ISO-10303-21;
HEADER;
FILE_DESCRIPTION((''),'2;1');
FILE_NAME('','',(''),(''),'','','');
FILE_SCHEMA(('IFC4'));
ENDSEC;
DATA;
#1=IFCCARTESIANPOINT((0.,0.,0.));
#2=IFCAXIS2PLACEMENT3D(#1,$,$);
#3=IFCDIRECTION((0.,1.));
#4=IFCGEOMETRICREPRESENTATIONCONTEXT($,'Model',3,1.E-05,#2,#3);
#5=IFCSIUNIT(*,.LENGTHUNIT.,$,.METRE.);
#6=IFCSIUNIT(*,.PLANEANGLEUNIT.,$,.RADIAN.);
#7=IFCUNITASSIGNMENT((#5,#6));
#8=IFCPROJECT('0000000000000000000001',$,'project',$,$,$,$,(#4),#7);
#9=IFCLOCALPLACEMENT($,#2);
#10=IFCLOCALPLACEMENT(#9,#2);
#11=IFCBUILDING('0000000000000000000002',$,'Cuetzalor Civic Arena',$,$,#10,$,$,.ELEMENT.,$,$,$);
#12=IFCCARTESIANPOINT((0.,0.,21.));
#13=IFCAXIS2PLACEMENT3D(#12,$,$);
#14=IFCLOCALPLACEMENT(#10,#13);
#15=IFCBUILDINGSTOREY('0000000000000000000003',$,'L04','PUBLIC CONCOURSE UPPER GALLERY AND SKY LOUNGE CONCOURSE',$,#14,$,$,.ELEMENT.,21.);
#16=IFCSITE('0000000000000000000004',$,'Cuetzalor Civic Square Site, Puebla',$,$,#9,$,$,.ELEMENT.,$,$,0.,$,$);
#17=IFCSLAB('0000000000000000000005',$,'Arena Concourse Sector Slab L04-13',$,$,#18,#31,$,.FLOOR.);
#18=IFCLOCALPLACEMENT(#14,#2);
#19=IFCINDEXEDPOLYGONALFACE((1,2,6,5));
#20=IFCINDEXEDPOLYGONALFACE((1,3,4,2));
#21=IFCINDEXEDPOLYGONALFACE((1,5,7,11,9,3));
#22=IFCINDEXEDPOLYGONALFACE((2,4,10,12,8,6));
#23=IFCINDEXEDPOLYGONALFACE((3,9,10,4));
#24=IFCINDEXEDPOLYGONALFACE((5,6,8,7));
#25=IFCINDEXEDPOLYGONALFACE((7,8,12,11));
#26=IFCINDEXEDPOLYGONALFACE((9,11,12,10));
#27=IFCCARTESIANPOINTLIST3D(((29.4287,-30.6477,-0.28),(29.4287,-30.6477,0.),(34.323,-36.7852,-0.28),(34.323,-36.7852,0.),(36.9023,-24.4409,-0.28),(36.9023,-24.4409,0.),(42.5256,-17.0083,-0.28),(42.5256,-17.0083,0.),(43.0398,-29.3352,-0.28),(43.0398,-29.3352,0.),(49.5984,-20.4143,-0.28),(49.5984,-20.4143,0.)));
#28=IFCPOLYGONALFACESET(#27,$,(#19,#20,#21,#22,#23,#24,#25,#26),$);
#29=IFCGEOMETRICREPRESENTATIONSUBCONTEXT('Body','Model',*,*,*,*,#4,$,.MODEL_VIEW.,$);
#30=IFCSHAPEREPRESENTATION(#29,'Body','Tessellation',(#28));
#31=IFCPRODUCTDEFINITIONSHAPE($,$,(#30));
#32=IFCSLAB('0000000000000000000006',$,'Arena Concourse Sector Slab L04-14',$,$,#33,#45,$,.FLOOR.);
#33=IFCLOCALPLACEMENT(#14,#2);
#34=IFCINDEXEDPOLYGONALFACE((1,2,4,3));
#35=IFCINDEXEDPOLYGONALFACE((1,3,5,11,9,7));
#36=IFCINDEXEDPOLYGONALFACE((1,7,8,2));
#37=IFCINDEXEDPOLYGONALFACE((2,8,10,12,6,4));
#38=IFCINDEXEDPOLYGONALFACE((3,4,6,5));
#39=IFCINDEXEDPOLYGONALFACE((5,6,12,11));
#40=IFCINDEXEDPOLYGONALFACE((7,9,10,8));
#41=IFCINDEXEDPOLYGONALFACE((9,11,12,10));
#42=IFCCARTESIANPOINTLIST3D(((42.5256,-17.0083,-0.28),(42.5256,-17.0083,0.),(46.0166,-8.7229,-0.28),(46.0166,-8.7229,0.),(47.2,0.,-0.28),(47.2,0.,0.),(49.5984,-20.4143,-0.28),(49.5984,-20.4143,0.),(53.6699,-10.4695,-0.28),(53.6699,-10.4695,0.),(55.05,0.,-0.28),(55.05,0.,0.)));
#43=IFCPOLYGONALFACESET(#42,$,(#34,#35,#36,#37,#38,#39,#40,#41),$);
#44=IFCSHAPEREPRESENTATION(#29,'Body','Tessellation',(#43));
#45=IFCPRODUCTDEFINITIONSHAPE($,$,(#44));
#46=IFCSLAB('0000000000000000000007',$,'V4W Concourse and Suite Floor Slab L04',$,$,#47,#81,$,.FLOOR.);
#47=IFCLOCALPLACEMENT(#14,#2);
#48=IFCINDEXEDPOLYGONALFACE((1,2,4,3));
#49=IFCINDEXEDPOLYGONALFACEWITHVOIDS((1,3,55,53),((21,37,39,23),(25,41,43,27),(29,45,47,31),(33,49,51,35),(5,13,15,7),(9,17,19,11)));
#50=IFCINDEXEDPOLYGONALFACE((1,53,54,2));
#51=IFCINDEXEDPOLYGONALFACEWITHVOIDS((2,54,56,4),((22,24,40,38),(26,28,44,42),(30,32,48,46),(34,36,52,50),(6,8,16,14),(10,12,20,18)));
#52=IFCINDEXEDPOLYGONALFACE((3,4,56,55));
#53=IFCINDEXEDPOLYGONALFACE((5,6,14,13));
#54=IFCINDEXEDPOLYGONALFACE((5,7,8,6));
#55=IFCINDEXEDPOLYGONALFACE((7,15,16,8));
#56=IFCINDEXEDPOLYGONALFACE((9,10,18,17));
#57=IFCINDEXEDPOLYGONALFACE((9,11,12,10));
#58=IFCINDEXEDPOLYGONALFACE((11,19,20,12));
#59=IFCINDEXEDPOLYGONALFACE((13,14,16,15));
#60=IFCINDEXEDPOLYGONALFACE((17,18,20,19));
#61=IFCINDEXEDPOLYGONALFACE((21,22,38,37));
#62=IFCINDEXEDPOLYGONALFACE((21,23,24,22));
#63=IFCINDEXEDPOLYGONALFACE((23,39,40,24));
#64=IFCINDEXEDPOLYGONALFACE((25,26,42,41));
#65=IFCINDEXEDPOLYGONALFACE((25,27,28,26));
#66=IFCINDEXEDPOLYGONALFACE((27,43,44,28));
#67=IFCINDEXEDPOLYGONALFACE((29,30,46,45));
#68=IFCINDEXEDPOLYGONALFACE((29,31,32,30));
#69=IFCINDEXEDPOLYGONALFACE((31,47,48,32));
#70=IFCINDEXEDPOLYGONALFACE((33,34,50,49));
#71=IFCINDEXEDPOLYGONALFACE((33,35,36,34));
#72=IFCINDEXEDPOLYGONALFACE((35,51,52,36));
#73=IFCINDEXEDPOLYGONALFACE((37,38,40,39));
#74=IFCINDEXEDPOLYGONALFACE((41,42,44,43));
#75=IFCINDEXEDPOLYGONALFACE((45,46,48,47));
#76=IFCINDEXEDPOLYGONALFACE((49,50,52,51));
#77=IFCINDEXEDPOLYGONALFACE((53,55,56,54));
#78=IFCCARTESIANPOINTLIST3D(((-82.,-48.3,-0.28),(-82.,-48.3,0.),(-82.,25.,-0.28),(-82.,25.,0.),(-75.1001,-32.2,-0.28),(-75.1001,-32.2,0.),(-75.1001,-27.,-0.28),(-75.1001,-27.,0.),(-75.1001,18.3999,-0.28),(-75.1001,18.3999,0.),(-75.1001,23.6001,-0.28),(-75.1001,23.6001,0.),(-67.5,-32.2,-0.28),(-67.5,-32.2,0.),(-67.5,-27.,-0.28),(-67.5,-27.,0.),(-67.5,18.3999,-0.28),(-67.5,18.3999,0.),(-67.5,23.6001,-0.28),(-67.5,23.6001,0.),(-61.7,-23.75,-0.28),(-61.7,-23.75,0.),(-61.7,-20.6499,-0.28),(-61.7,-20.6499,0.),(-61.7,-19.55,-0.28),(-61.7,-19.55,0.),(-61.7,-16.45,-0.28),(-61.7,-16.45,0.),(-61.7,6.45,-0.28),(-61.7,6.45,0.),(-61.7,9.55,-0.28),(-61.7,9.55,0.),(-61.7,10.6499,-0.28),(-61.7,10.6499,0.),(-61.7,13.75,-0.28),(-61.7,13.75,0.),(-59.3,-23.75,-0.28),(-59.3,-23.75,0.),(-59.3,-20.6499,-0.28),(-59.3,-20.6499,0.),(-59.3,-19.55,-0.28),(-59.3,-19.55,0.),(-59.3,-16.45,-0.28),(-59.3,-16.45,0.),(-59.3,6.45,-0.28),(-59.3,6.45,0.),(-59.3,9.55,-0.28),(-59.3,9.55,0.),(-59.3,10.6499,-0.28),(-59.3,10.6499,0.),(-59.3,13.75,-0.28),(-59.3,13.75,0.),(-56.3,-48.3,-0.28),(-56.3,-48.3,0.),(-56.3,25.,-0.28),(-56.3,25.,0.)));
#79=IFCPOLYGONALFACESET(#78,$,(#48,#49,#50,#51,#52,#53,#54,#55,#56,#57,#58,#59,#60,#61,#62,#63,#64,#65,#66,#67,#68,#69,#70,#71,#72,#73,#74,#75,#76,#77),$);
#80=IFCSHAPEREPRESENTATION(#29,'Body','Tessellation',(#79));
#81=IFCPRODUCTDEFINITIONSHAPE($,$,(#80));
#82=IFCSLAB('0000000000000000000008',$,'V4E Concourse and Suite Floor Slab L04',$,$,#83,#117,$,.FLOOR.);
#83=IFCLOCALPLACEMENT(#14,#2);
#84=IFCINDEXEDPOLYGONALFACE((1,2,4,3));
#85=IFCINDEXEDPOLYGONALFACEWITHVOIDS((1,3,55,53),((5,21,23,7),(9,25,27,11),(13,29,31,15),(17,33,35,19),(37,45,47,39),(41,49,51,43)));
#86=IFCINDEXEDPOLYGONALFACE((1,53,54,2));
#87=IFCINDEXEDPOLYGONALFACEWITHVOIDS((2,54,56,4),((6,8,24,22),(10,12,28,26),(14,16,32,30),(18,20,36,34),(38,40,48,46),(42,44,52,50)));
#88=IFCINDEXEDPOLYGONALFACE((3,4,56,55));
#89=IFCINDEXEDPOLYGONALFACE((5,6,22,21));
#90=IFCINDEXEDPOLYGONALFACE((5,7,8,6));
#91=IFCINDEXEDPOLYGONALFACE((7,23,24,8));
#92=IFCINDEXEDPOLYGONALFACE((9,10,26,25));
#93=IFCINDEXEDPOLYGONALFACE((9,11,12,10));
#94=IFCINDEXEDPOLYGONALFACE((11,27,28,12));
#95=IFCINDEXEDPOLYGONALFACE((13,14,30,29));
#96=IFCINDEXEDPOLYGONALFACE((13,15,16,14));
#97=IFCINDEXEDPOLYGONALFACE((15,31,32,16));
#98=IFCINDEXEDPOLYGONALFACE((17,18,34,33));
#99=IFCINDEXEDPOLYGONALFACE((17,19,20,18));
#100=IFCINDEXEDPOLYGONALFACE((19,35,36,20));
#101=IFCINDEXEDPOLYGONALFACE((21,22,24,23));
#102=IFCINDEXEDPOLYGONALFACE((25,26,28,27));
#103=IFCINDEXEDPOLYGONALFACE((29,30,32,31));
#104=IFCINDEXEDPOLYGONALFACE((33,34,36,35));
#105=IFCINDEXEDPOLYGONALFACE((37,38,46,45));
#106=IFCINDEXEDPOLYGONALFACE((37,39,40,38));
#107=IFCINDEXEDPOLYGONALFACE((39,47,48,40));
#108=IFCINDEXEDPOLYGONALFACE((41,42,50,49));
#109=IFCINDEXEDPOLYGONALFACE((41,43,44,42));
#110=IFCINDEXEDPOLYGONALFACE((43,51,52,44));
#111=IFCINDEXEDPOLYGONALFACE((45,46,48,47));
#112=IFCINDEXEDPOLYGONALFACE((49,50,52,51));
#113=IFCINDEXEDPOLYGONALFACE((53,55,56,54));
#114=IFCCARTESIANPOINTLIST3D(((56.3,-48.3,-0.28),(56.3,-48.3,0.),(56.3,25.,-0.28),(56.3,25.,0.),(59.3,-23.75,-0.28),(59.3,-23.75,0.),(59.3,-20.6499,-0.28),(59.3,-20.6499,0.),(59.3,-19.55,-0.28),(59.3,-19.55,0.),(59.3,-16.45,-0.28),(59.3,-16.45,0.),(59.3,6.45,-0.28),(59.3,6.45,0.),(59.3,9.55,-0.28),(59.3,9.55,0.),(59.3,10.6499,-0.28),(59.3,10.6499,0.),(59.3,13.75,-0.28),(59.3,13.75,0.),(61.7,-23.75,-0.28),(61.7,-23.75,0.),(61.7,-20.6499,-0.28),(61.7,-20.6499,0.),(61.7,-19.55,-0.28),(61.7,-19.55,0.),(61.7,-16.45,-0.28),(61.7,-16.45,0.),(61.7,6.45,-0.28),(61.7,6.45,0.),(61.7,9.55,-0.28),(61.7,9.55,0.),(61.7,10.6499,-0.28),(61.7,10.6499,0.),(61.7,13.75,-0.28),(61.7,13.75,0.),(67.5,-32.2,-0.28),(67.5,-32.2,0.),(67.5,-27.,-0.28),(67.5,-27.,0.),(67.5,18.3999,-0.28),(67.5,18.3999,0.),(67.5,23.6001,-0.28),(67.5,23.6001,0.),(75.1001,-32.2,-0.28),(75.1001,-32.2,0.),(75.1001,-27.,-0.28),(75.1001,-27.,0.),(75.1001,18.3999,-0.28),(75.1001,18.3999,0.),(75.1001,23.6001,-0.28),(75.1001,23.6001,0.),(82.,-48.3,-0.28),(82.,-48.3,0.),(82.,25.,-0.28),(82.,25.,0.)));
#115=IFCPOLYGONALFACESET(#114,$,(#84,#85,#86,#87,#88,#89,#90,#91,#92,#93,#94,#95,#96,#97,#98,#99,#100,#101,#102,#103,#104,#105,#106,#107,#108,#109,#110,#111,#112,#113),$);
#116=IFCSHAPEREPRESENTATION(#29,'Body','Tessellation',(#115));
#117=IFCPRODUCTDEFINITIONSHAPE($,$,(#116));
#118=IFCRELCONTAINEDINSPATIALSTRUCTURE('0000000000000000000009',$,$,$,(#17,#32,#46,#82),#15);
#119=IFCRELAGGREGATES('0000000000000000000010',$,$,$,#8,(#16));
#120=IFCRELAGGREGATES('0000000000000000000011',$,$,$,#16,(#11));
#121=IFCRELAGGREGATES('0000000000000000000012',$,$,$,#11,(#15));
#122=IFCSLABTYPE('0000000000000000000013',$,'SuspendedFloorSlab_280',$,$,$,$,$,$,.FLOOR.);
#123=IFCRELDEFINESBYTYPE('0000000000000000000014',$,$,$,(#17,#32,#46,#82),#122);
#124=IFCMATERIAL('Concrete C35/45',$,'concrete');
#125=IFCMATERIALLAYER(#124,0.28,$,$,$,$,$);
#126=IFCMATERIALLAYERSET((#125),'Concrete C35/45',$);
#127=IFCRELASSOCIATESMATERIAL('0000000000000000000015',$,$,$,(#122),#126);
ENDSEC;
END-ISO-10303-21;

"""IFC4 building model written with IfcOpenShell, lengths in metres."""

from ifc_helpers import new_model, si_unit, direction, frame, origin, place, context, subcontext, project, spatial, polyline, outline, extrude, material, layer, layer_set, type_object, element, save


model = new_model("IFC4")

# Units and contexts
model_context = context("Model", 3, precision=1e-05, world=origin(), true_north=direction((0.0, 1.0)))
body_context = subcontext(model_context, "Body", "Model", "MODEL_VIEW")
ifc_project = project(units=[si_unit("LENGTHUNIT", "METRE"), si_unit("PLANEANGLEUNIT", "RADIAN")], contexts=[model_context])

# Site, building, storey
site_placement = place(None, origin())
site = spatial("IfcSite", under=ifc_project, at=site_placement, Name="Cuetzalor Civic Square Site, Puebla", CompositionType="ELEMENT", RefElevation=0.0)
building_placement = place(site_placement, origin())
building = spatial("IfcBuilding", under=site, at=building_placement, Name="Cuetzalor Civic Arena", CompositionType="ELEMENT")
storey_placement = place(building_placement, frame((0.0, 0.0, 21.0)))
storey = spatial("IfcBuildingStorey", under=building, at=storey_placement, Name="L04", Description="PUBLIC CONCOURSE UPPER GALLERY AND SKY LOUNGE CONCOURSE", CompositionType="ELEMENT", Elevation=21.0)

# Slabs
ifc_material_1 = material(Name="Concrete C35/45", Category="concrete")
ifc_layer_1 = layer(ifc_material_1, 0.28)
ifc_layer_set_1 = layer_set([ifc_layer_1], Name="Concrete C35/45")
slab_type_1 = type_object("IfcSlabType", Name="SuspendedFloorSlab_280", PredefinedType="FLOOR", material=ifc_layer_set_1)
slab_1_placement = place(storey_placement, frame((0.0, 0.0, -0.28)))
element("IfcSlab", 1, at=slab_1_placement, inside=storey, type_object=slab_type_1, Name="Arena Concourse Sector Slab L04-13", PredefinedType="FLOOR", context=body_context, shape_type="SweptSolid", body=[
    extrude(outline(polyline([(29.4287, -30.6477), (36.9023, -24.4409), (42.5256, -17.0083), (49.5984, -20.4143), (43.0398, -29.3352), (34.323, -36.7852), (29.4287, -30.6477)])), origin(), (0.0, 0.0, 1.0), 0.28),
])
slab_2_placement = place(storey_placement, frame((0.0, 0.0, -0.28)))
element("IfcSlab", 2, at=slab_2_placement, inside=storey, type_object=slab_type_1, Name="Arena Concourse Sector Slab L04-14", PredefinedType="FLOOR", context=body_context, shape_type="SweptSolid", body=[
    extrude(outline(polyline([(42.5256, -17.0083), (46.0166, -8.7229), (47.2, 0.0), (55.05, 0.0), (53.6699, -10.4695), (49.5984, -20.4143), (42.5256, -17.0083)])), origin(), (0.0, 0.0, 1.0), 0.28),
])
slab_3_placement = place(storey_placement, frame((0.0, 0.0, -0.28)))
element("IfcSlab", 3, at=slab_3_placement, inside=storey, type_object=slab_type_1, Name="V4W Concourse and Suite Floor Slab L04", PredefinedType="FLOOR", context=body_context, shape_type="SweptSolid", body=[
    extrude(outline(polyline([(-82.0, -48.3), (-56.3, -48.3), (-56.3, 25.0), (-82.0, 25.0), (-82.0, -48.3)]), holes=[polyline([(-75.1001, -32.2), (-67.5, -32.2), (-67.5, -27.0), (-75.1001, -27.0), (-75.1001, -32.2)]), polyline([(-75.1001, 18.3999), (-67.5, 18.3999), (-67.5, 23.6001), (-75.1001, 23.6001), (-75.1001, 18.3999)]), polyline([(-61.7, -19.55), (-59.3, -19.55), (-59.3, -16.45), (-61.7, -16.45), (-61.7, -19.55)]), polyline([(-61.7, 6.45), (-59.3, 6.45), (-59.3, 9.55), (-61.7, 9.55), (-61.7, 6.45)]), polyline([(-61.7, -23.75), (-59.3, -23.75), (-59.3, -20.6499), (-61.7, -20.6499), (-61.7, -23.75)]), polyline([(-61.7, 10.6499), (-59.3, 10.6499), (-59.3, 13.75), (-61.7, 13.75), (-61.7, 10.6499)])]), origin(), (0.0, 0.0, 1.0), 0.28),
])
slab_4_placement = place(storey_placement, frame((0.0, 0.0, -0.28)))
element("IfcSlab", 4, at=slab_4_placement, inside=storey, type_object=slab_type_1, Name="V4E Concourse and Suite Floor Slab L04", PredefinedType="FLOOR", context=body_context, shape_type="SweptSolid", body=[
    extrude(outline(polyline([(56.3, -48.3), (82.0, -48.3), (82.0, 25.0), (56.3, 25.0), (56.3, -48.3)]), holes=[polyline([(67.5, -32.2), (75.1001, -32.2), (75.1001, -27.0), (67.5, -27.0), (67.5, -32.2)]), polyline([(67.5, 18.3999), (75.1001, 18.3999), (75.1001, 23.6001), (67.5, 23.6001), (67.5, 18.3999)]), polyline([(59.3, -19.55), (61.7, -19.55), (61.7, -16.45), (59.3, -16.45), (59.3, -19.55)]), polyline([(59.3, 6.45), (61.7, 6.45), (61.7, 9.55), (59.3, 9.55), (59.3, 6.45)]), polyline([(59.3, -23.75), (61.7, -23.75), (61.7, -20.6499), (59.3, -20.6499), (59.3, -23.75)]), polyline([(59.3, 10.6499), (61.7, 10.6499), (61.7, 13.75), (59.3, 13.75), (59.3, 10.6499)])]), origin(), (0.0, 0.0, 1.0), 0.28),
])

save(model, "model.ifc")
